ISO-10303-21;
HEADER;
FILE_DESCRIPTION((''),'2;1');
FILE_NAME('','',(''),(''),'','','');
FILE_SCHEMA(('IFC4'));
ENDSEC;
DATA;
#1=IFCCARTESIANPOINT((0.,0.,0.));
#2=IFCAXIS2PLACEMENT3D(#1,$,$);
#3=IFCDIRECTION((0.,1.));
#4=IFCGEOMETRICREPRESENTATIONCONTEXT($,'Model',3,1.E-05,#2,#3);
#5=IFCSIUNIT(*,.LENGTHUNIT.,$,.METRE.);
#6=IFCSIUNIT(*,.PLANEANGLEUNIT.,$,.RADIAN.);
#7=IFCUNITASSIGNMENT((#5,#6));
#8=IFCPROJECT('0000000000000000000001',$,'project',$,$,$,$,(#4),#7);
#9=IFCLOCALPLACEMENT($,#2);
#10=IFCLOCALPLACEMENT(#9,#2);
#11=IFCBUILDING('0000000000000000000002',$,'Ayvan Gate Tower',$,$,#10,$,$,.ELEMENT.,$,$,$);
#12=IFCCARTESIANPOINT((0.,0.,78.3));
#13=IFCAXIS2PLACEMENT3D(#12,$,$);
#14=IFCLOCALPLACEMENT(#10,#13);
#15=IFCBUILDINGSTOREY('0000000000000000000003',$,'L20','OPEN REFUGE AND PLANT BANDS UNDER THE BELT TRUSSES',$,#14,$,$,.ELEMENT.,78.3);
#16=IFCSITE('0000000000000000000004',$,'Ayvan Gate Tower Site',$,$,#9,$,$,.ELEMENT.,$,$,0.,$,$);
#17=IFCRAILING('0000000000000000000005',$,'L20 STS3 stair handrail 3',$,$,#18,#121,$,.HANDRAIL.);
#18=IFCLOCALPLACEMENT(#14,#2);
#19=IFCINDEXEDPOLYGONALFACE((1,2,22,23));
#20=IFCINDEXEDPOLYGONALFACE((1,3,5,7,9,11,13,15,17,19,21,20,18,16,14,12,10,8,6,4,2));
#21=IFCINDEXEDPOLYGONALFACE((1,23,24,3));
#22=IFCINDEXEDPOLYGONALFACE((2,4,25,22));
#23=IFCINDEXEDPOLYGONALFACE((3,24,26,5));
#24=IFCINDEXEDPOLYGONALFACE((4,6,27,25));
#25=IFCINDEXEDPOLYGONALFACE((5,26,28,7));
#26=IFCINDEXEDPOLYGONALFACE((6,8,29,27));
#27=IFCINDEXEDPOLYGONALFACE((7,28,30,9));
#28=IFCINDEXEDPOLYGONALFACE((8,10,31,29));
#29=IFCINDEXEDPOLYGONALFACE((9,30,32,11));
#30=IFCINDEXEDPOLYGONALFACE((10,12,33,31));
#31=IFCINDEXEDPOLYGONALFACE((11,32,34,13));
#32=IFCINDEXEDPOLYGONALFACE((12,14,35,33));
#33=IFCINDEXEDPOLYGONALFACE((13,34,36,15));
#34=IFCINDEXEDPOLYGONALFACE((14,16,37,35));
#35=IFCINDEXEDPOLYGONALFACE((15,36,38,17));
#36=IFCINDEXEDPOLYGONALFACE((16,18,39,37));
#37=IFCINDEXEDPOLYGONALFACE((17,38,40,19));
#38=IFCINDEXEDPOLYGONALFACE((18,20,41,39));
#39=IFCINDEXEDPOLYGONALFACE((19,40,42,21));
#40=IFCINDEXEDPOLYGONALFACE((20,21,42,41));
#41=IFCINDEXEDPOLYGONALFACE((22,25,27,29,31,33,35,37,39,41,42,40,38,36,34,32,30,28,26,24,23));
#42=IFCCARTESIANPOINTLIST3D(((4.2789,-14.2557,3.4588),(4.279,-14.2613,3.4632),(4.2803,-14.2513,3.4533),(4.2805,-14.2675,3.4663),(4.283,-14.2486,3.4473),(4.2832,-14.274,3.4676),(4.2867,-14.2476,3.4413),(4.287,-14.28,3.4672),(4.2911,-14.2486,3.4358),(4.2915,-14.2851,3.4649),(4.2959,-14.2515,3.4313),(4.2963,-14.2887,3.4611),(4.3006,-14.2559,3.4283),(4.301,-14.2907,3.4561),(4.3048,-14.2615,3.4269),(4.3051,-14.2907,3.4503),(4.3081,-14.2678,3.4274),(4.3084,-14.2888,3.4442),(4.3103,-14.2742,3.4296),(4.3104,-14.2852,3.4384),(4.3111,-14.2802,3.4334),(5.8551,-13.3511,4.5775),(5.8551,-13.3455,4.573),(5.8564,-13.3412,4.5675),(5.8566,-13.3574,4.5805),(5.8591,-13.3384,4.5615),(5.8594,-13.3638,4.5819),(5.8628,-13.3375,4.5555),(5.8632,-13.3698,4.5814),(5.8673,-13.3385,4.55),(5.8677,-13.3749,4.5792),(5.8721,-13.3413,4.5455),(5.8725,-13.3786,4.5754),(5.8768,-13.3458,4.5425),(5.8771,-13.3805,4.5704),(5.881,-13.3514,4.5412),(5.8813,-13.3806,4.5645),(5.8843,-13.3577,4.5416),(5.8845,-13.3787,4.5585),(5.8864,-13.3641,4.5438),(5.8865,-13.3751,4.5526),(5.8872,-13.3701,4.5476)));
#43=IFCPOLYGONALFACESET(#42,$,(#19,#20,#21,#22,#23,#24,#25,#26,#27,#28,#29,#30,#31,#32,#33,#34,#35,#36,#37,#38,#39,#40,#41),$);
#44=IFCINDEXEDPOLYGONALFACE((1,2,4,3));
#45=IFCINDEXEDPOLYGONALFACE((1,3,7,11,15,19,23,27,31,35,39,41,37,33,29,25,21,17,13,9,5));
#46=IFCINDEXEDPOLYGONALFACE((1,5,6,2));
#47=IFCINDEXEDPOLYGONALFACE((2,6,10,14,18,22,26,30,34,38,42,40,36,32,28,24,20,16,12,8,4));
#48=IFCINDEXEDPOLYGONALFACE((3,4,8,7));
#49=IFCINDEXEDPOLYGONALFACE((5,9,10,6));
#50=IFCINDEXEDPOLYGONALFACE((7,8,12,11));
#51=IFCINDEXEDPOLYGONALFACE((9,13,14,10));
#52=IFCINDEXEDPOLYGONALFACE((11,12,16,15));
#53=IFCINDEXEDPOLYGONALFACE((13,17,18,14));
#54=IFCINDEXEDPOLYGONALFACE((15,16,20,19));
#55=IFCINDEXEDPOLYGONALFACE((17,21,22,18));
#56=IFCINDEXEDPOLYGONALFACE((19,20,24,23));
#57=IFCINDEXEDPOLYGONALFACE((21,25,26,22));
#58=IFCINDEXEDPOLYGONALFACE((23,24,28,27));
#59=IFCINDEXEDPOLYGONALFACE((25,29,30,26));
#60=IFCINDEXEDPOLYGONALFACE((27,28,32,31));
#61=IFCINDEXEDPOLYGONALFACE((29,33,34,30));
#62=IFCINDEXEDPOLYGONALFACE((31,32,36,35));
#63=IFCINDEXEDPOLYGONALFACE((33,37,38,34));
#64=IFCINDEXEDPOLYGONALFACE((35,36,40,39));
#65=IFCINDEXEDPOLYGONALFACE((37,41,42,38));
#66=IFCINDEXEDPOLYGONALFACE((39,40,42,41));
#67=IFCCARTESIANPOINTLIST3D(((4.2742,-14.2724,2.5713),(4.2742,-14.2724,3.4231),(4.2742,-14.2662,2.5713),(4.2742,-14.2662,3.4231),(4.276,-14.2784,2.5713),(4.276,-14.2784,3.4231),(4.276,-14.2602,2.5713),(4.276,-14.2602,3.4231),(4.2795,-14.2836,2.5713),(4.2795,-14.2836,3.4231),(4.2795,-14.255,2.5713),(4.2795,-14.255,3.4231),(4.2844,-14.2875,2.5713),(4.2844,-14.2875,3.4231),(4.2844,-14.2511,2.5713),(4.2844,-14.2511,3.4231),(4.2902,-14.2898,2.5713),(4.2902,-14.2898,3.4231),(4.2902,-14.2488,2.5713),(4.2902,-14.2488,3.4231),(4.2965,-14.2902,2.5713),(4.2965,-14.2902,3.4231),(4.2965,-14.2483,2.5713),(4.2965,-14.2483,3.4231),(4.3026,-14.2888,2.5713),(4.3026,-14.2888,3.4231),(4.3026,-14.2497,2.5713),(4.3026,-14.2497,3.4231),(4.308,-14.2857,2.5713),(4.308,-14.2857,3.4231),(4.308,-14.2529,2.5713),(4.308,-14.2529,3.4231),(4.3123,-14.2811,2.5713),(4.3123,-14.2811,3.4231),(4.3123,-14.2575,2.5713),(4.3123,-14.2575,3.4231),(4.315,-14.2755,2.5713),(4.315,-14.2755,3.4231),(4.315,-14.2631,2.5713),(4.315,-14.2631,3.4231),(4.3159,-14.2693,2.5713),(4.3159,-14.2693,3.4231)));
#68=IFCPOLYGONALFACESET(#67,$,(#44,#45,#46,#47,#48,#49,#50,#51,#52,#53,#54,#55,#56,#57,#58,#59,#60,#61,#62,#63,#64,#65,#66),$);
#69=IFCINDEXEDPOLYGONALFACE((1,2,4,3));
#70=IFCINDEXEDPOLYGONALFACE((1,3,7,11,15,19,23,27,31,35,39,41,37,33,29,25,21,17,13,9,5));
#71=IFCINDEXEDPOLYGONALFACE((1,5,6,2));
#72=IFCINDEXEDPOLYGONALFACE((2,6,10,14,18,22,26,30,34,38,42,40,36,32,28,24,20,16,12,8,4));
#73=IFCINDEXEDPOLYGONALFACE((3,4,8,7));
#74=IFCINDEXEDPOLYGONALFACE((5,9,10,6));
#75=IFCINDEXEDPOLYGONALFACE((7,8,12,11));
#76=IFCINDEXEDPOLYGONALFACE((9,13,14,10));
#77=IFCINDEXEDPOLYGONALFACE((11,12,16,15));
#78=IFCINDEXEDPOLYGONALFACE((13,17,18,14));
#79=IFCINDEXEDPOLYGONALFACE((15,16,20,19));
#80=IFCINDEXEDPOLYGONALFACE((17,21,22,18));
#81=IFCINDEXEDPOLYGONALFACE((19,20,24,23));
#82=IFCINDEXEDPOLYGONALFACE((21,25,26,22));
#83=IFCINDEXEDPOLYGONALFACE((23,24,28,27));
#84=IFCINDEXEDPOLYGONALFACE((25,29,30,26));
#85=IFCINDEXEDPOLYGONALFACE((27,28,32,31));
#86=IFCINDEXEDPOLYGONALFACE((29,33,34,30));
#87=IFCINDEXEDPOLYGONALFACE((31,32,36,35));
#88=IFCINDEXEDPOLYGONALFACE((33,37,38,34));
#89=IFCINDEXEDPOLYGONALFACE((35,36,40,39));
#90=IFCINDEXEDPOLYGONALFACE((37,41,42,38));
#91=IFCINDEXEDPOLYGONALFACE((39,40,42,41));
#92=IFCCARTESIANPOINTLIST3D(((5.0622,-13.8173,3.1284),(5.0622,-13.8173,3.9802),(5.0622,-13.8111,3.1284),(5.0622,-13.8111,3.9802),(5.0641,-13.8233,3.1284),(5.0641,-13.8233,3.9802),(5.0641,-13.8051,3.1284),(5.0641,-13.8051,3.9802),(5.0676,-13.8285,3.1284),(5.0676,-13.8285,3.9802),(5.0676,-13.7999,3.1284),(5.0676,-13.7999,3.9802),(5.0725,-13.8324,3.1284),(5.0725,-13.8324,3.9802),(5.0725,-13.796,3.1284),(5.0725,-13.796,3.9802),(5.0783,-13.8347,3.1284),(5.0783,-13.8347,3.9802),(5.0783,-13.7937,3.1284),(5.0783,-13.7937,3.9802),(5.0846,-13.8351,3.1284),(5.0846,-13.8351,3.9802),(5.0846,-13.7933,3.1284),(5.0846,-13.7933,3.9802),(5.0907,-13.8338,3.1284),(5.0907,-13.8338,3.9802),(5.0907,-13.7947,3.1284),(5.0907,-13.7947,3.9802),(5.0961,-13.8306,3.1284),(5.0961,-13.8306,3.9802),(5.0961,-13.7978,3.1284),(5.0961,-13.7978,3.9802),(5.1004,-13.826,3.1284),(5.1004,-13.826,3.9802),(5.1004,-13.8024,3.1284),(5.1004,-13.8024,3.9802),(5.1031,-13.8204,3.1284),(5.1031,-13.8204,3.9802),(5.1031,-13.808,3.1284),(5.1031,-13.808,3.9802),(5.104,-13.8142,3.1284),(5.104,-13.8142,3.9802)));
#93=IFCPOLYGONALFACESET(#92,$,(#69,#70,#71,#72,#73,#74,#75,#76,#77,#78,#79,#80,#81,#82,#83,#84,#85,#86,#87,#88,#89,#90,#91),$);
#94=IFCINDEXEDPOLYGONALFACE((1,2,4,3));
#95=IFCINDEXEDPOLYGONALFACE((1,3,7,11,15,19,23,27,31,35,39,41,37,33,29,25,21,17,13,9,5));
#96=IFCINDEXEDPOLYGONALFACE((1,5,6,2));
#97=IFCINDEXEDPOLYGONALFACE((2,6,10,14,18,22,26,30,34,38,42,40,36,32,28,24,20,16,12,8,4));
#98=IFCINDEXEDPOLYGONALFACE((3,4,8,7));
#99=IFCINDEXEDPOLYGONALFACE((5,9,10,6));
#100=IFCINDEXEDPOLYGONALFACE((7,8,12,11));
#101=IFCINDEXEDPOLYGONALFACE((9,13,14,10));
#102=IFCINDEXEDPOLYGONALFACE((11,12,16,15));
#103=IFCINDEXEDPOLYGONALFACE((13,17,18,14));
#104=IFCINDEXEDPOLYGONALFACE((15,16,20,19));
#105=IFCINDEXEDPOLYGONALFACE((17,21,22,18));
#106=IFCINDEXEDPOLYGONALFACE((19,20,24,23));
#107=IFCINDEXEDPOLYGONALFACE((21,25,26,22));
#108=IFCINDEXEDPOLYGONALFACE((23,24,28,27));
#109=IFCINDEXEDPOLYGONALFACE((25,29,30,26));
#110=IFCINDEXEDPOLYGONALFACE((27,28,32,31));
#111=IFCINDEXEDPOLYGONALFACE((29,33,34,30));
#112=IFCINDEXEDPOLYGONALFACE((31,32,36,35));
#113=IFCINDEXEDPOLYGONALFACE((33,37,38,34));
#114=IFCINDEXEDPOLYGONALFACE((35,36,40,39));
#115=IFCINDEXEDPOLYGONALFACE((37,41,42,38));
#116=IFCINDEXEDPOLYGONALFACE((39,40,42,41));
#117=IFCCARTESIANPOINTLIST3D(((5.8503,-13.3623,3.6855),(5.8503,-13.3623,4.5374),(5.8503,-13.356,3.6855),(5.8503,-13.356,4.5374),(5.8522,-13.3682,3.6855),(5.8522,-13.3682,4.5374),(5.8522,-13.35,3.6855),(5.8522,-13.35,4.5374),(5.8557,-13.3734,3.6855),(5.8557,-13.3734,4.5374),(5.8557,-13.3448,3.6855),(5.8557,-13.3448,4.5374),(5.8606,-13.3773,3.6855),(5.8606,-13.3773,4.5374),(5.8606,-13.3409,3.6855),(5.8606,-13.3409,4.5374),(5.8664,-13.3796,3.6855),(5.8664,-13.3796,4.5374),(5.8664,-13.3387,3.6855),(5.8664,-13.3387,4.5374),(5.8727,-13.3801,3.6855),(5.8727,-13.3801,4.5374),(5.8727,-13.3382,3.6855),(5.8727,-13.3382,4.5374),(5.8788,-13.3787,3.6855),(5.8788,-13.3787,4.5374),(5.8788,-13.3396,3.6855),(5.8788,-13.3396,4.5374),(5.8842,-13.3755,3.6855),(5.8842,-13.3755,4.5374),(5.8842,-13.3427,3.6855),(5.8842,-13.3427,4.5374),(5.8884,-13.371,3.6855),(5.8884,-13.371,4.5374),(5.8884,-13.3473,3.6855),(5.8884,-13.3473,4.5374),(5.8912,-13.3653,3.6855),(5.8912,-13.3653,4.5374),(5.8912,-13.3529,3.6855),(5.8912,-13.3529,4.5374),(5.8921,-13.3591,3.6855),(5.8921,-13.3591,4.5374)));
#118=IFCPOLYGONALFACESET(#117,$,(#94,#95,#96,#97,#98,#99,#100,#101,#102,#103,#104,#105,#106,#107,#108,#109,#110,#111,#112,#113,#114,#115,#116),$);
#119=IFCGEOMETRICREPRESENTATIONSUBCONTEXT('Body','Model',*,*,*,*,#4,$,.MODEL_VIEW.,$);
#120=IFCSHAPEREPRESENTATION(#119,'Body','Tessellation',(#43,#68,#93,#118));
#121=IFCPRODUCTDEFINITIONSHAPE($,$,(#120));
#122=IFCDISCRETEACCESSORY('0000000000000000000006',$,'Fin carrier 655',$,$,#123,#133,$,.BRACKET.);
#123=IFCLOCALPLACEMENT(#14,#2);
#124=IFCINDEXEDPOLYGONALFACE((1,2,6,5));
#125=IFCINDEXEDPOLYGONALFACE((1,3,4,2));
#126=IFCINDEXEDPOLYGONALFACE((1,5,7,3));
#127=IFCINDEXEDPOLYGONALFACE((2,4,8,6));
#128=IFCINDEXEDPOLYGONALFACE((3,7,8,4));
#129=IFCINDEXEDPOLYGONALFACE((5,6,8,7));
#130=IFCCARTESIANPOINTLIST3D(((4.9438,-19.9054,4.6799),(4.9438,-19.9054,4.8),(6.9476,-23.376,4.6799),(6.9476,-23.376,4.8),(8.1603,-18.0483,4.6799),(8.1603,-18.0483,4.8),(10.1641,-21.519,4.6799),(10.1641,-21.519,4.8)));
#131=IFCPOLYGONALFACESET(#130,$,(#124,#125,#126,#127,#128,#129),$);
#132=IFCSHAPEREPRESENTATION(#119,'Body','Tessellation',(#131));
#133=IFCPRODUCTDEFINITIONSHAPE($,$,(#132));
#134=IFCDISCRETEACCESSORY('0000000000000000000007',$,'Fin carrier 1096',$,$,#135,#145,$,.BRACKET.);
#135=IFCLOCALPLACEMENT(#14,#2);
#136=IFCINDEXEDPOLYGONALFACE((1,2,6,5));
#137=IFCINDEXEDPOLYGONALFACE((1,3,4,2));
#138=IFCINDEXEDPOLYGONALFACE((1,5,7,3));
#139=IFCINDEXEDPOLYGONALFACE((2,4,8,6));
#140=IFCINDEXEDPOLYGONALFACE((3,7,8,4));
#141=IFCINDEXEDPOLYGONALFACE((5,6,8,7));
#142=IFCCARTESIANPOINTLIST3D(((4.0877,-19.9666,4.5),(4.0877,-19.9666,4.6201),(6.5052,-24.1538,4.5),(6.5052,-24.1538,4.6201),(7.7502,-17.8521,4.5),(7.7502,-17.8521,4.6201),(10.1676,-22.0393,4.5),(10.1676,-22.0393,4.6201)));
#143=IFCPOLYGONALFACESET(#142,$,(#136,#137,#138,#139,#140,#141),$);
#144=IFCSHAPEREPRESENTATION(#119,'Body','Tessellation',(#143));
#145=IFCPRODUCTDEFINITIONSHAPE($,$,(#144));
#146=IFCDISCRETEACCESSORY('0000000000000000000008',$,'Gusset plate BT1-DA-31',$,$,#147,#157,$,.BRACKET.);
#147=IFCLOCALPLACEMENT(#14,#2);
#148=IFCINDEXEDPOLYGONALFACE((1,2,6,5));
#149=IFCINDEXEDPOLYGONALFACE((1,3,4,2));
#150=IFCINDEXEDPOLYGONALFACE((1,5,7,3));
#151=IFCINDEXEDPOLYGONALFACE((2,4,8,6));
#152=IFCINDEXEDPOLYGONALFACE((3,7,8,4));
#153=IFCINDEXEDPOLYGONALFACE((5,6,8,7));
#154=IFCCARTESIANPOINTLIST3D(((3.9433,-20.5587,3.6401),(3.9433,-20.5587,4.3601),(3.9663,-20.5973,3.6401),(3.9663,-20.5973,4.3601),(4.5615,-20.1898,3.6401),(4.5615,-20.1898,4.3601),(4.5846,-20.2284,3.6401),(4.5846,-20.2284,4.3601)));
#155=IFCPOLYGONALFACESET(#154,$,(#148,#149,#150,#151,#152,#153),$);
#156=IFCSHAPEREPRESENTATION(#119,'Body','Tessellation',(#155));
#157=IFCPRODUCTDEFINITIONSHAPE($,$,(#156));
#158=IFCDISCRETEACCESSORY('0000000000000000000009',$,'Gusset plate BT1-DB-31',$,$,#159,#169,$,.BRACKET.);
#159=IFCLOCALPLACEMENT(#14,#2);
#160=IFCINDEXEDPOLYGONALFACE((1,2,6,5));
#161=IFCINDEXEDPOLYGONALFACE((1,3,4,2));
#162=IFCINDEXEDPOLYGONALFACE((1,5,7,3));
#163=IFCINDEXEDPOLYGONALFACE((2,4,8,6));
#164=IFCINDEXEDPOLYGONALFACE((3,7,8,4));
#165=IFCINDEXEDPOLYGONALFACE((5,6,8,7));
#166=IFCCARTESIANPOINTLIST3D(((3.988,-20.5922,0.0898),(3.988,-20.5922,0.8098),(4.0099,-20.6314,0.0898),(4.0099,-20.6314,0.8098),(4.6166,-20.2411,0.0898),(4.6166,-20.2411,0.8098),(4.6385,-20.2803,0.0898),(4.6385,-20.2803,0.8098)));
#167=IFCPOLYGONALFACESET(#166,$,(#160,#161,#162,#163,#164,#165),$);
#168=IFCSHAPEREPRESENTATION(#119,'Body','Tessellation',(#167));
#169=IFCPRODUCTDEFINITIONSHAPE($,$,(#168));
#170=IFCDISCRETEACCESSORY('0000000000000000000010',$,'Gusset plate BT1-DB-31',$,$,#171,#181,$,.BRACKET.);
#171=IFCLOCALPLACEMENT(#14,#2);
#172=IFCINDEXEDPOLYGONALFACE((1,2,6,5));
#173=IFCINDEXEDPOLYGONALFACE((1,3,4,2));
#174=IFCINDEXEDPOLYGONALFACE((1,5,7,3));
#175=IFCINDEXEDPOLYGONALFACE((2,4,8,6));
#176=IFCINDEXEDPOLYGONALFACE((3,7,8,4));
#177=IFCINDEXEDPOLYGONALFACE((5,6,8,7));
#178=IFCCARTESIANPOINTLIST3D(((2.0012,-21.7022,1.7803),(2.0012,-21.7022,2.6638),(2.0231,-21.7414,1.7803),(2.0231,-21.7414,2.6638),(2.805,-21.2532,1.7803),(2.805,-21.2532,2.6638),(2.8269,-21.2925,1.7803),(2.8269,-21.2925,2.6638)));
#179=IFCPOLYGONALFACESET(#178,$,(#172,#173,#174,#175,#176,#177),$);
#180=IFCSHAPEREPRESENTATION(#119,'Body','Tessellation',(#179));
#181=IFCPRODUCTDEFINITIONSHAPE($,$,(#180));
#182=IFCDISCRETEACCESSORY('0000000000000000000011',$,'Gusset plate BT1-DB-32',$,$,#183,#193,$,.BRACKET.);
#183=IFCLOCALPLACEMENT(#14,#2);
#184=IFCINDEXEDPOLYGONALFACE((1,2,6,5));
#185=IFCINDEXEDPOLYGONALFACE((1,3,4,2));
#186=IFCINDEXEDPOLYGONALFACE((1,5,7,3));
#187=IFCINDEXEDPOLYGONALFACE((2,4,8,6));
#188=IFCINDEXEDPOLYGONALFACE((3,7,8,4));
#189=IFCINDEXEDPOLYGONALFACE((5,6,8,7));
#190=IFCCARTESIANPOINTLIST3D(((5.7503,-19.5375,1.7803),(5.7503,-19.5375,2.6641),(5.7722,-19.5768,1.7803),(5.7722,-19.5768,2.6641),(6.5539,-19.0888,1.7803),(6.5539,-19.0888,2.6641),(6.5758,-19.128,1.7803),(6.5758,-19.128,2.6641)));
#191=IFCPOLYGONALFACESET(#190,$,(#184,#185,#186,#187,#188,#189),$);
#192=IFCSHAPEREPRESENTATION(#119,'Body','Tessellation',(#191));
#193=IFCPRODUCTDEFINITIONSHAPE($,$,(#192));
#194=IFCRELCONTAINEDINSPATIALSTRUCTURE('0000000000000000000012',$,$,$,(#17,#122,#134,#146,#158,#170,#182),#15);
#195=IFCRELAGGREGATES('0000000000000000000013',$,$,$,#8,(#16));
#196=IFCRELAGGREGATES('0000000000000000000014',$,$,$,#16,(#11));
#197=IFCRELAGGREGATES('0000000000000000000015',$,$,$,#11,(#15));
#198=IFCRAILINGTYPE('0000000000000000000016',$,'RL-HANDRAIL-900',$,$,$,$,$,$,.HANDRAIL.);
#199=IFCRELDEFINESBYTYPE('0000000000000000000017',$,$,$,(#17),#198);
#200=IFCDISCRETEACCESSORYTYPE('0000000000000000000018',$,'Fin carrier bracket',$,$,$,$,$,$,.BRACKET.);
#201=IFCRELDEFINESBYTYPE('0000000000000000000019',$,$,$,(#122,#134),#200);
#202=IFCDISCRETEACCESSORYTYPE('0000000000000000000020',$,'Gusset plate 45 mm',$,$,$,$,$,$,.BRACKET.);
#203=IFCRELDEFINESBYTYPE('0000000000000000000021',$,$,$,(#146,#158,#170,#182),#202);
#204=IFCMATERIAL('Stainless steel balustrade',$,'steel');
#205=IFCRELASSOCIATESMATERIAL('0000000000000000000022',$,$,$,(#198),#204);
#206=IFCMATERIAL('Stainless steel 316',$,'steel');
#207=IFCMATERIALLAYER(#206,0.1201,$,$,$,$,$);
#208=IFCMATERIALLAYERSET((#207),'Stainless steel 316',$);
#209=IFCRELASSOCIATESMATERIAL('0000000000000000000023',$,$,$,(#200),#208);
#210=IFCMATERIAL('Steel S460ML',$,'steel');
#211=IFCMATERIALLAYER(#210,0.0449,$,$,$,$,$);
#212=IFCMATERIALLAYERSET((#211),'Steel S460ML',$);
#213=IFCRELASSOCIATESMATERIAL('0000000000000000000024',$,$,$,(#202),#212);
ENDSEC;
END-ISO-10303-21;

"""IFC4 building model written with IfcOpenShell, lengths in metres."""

from ifc_helpers import new_model, si_unit, direction, frame, origin, origin_2d, place, context, subcontext, project, spatial, rectangle, circle, extrude, material, layer, layer_set, type_object, element, save


model = new_model("IFC4")

# Units and contexts
model_context = context("Model", 3, precision=1e-05, world=origin(), true_north=direction((0.0, 1.0)))
body_context = subcontext(model_context, "Body", "Model", "MODEL_VIEW")
ifc_project = project(units=[si_unit("LENGTHUNIT", "METRE"), si_unit("PLANEANGLEUNIT", "RADIAN")], contexts=[model_context])

# Site, building, storey
site_placement = place(None, origin())
site = spatial("IfcSite", under=ifc_project, at=site_placement, Name="Ayvan Gate Tower Site", CompositionType="ELEMENT", RefElevation=0.0)
building_placement = place(site_placement, origin())
building = spatial("IfcBuilding", under=site, at=building_placement, Name="Ayvan Gate Tower", CompositionType="ELEMENT")
storey_placement = place(building_placement, frame((0.0, 0.0, 78.3)))
storey = spatial("IfcBuildingStorey", under=building, at=storey_placement, Name="L20", Description="OPEN REFUGE AND PLANT BANDS UNDER THE BELT TRUSSES", CompositionType="ELEMENT", Elevation=78.3)

# Shared definitions
ifc_material_1 = material(Name="Steel S460ML", Category="steel")

# Railing
ifc_material_2 = material(Name="Stainless steel balustrade", Category="steel")
railing_type = type_object("IfcRailingType", Name="RL-HANDRAIL-900", PredefinedType="HANDRAIL", material=ifc_material_2)
railing_placement = place(storey_placement, frame((4.2949, -14.2693, 2.5713)))
element("IfcRailing", 1, at=railing_placement, inside=storey, type_object=railing_type, Name="L20 STS3 stair handrail 3", PredefinedType="HANDRAIL", context=body_context, shape_type="SweptSolid", body=[
    extrude(circle(Radius=0.0239, at=origin_2d()), frame((0.0, 0.0, 0.876), z_axis=(0.738574, 0.426488, 0.522127), x_axis=(-0.500063, 0.865989, 0.0)), (0.0, 0.0, 1.0), 2.134),
    extrude(circle(Radius=0.021, at=origin_2d()), origin(), (0.0, 0.0, 1.0), 0.8518),
    extrude(circle(Radius=0.021, at=origin_2d()), frame((0.7881, 0.4551, 0.5571)), (0.0, 0.0, 1.0), 0.8518),
    extrude(circle(Radius=0.021, at=origin_2d()), frame((1.5762, 0.9102, 1.1143)), (0.0, 0.0, 1.0), 0.8518),
])

# Discrete accessories
ifc_material_3 = material(Name="Stainless steel 316", Category="steel")
ifc_layer_1 = layer(ifc_material_3, 0.1201)
ifc_layer_set_1 = layer_set([ifc_layer_1], Name="Stainless steel 316")
discrete_accessory_type_1 = type_object("IfcDiscreteAccessoryType", Name="Fin carrier bracket", PredefinedType="BRACKET", material=ifc_layer_set_1)
discrete_accessory_1_placement = place(storey_placement, frame((7.554, -20.7122, 4.6799), z_axis=(0.0, 0.0, 1.0), x_axis=(0.866025, 0.5, 0.0)))
element("IfcDiscreteAccessory", 2, at=discrete_accessory_1_placement, inside=storey, type_object=discrete_accessory_type_1, Name="Fin carrier 655", PredefinedType="BRACKET", context=body_context, shape_type="SweptSolid", body=[
    extrude(rectangle(XDim=3.7141, YDim=4.0076, at=origin_2d()), origin(), (0.0, 0.0, 1.0), 0.1201),
])
discrete_accessory_2_placement = place(storey_placement, frame((7.1277, -21.0029, 4.5), z_axis=(0.0, 0.0, 1.0), x_axis=(0.866025, 0.5, 0.0)))
element("IfcDiscreteAccessory", 3, at=discrete_accessory_2_placement, inside=storey, type_object=discrete_accessory_type_1, Name="Fin carrier 1096", PredefinedType="BRACKET", context=body_context, shape_type="SweptSolid", body=[
    extrude(rectangle(XDim=4.229, YDim=4.835, at=origin_2d()), origin(), (0.0, 0.0, 1.0), 0.1201),
])
ifc_layer_2 = layer(ifc_material_1, 0.0449)
ifc_layer_set_2 = layer_set([ifc_layer_2], Name="Steel S460ML")
discrete_accessory_type_2 = type_object("IfcDiscreteAccessoryType", Name="Gusset plate 45 mm", PredefinedType="BRACKET", material=ifc_layer_set_2)
for number, where, z_axis, x_axis, name in (
    (4, (4.2639, -20.3936, 3.6401), (0.0, 0.0, 1.0), (0.858732, 0.512425, 0.0), "Gusset plate BT1-DA-31"),
    (5, (4.3132, -20.4363, 0.0898), (0.0, 0.0, 1.0), (0.873047, 0.487636, 0.0), "Gusset plate BT1-DB-31"),
):
    element("IfcDiscreteAccessory", number, at=place(storey_placement, frame(where, z_axis=z_axis, x_axis=x_axis)), inside=storey, type_object=discrete_accessory_type_2, Name=name, PredefinedType="BRACKET", context=body_context, shape_type="SweptSolid", body=[
        extrude(rectangle(XDim=0.72, YDim=0.0449, at=origin_2d()), origin(), (0.0, 0.0, 1.0), 0.72),
    ])
discrete_accessory_3_placement = place(storey_placement, frame((2.4141, -21.4973, 1.7803), z_axis=(0.0, 0.0, 1.0), x_axis=(0.873047, 0.487636, 0.0)))
element("IfcDiscreteAccessory", 6, at=discrete_accessory_3_placement, inside=storey, type_object=discrete_accessory_type_2, Name="Gusset plate BT1-DB-31", PredefinedType="BRACKET", context=body_context, shape_type="SweptSolid", body=[
    extrude(rectangle(XDim=0.9207, YDim=0.0449, at=origin_2d()), origin(), (0.0, 0.0, 1.0), 0.8835),
])
discrete_accessory_4_placement = place(storey_placement, frame((6.1631, -19.3328, 1.7803), z_axis=(0.0, 0.0, 1.0), x_axis=(0.87307, 0.487595, 0.0)))
element("IfcDiscreteAccessory", 7, at=discrete_accessory_4_placement, inside=storey, type_object=discrete_accessory_type_2, Name="Gusset plate BT1-DB-32", PredefinedType="BRACKET", context=body_context, shape_type="SweptSolid", body=[
    extrude(rectangle(XDim=0.9204, YDim=0.0449, at=origin_2d()), origin(), (0.0, 0.0, 1.0), 0.8838),
])

save(model, "model.ifc")
